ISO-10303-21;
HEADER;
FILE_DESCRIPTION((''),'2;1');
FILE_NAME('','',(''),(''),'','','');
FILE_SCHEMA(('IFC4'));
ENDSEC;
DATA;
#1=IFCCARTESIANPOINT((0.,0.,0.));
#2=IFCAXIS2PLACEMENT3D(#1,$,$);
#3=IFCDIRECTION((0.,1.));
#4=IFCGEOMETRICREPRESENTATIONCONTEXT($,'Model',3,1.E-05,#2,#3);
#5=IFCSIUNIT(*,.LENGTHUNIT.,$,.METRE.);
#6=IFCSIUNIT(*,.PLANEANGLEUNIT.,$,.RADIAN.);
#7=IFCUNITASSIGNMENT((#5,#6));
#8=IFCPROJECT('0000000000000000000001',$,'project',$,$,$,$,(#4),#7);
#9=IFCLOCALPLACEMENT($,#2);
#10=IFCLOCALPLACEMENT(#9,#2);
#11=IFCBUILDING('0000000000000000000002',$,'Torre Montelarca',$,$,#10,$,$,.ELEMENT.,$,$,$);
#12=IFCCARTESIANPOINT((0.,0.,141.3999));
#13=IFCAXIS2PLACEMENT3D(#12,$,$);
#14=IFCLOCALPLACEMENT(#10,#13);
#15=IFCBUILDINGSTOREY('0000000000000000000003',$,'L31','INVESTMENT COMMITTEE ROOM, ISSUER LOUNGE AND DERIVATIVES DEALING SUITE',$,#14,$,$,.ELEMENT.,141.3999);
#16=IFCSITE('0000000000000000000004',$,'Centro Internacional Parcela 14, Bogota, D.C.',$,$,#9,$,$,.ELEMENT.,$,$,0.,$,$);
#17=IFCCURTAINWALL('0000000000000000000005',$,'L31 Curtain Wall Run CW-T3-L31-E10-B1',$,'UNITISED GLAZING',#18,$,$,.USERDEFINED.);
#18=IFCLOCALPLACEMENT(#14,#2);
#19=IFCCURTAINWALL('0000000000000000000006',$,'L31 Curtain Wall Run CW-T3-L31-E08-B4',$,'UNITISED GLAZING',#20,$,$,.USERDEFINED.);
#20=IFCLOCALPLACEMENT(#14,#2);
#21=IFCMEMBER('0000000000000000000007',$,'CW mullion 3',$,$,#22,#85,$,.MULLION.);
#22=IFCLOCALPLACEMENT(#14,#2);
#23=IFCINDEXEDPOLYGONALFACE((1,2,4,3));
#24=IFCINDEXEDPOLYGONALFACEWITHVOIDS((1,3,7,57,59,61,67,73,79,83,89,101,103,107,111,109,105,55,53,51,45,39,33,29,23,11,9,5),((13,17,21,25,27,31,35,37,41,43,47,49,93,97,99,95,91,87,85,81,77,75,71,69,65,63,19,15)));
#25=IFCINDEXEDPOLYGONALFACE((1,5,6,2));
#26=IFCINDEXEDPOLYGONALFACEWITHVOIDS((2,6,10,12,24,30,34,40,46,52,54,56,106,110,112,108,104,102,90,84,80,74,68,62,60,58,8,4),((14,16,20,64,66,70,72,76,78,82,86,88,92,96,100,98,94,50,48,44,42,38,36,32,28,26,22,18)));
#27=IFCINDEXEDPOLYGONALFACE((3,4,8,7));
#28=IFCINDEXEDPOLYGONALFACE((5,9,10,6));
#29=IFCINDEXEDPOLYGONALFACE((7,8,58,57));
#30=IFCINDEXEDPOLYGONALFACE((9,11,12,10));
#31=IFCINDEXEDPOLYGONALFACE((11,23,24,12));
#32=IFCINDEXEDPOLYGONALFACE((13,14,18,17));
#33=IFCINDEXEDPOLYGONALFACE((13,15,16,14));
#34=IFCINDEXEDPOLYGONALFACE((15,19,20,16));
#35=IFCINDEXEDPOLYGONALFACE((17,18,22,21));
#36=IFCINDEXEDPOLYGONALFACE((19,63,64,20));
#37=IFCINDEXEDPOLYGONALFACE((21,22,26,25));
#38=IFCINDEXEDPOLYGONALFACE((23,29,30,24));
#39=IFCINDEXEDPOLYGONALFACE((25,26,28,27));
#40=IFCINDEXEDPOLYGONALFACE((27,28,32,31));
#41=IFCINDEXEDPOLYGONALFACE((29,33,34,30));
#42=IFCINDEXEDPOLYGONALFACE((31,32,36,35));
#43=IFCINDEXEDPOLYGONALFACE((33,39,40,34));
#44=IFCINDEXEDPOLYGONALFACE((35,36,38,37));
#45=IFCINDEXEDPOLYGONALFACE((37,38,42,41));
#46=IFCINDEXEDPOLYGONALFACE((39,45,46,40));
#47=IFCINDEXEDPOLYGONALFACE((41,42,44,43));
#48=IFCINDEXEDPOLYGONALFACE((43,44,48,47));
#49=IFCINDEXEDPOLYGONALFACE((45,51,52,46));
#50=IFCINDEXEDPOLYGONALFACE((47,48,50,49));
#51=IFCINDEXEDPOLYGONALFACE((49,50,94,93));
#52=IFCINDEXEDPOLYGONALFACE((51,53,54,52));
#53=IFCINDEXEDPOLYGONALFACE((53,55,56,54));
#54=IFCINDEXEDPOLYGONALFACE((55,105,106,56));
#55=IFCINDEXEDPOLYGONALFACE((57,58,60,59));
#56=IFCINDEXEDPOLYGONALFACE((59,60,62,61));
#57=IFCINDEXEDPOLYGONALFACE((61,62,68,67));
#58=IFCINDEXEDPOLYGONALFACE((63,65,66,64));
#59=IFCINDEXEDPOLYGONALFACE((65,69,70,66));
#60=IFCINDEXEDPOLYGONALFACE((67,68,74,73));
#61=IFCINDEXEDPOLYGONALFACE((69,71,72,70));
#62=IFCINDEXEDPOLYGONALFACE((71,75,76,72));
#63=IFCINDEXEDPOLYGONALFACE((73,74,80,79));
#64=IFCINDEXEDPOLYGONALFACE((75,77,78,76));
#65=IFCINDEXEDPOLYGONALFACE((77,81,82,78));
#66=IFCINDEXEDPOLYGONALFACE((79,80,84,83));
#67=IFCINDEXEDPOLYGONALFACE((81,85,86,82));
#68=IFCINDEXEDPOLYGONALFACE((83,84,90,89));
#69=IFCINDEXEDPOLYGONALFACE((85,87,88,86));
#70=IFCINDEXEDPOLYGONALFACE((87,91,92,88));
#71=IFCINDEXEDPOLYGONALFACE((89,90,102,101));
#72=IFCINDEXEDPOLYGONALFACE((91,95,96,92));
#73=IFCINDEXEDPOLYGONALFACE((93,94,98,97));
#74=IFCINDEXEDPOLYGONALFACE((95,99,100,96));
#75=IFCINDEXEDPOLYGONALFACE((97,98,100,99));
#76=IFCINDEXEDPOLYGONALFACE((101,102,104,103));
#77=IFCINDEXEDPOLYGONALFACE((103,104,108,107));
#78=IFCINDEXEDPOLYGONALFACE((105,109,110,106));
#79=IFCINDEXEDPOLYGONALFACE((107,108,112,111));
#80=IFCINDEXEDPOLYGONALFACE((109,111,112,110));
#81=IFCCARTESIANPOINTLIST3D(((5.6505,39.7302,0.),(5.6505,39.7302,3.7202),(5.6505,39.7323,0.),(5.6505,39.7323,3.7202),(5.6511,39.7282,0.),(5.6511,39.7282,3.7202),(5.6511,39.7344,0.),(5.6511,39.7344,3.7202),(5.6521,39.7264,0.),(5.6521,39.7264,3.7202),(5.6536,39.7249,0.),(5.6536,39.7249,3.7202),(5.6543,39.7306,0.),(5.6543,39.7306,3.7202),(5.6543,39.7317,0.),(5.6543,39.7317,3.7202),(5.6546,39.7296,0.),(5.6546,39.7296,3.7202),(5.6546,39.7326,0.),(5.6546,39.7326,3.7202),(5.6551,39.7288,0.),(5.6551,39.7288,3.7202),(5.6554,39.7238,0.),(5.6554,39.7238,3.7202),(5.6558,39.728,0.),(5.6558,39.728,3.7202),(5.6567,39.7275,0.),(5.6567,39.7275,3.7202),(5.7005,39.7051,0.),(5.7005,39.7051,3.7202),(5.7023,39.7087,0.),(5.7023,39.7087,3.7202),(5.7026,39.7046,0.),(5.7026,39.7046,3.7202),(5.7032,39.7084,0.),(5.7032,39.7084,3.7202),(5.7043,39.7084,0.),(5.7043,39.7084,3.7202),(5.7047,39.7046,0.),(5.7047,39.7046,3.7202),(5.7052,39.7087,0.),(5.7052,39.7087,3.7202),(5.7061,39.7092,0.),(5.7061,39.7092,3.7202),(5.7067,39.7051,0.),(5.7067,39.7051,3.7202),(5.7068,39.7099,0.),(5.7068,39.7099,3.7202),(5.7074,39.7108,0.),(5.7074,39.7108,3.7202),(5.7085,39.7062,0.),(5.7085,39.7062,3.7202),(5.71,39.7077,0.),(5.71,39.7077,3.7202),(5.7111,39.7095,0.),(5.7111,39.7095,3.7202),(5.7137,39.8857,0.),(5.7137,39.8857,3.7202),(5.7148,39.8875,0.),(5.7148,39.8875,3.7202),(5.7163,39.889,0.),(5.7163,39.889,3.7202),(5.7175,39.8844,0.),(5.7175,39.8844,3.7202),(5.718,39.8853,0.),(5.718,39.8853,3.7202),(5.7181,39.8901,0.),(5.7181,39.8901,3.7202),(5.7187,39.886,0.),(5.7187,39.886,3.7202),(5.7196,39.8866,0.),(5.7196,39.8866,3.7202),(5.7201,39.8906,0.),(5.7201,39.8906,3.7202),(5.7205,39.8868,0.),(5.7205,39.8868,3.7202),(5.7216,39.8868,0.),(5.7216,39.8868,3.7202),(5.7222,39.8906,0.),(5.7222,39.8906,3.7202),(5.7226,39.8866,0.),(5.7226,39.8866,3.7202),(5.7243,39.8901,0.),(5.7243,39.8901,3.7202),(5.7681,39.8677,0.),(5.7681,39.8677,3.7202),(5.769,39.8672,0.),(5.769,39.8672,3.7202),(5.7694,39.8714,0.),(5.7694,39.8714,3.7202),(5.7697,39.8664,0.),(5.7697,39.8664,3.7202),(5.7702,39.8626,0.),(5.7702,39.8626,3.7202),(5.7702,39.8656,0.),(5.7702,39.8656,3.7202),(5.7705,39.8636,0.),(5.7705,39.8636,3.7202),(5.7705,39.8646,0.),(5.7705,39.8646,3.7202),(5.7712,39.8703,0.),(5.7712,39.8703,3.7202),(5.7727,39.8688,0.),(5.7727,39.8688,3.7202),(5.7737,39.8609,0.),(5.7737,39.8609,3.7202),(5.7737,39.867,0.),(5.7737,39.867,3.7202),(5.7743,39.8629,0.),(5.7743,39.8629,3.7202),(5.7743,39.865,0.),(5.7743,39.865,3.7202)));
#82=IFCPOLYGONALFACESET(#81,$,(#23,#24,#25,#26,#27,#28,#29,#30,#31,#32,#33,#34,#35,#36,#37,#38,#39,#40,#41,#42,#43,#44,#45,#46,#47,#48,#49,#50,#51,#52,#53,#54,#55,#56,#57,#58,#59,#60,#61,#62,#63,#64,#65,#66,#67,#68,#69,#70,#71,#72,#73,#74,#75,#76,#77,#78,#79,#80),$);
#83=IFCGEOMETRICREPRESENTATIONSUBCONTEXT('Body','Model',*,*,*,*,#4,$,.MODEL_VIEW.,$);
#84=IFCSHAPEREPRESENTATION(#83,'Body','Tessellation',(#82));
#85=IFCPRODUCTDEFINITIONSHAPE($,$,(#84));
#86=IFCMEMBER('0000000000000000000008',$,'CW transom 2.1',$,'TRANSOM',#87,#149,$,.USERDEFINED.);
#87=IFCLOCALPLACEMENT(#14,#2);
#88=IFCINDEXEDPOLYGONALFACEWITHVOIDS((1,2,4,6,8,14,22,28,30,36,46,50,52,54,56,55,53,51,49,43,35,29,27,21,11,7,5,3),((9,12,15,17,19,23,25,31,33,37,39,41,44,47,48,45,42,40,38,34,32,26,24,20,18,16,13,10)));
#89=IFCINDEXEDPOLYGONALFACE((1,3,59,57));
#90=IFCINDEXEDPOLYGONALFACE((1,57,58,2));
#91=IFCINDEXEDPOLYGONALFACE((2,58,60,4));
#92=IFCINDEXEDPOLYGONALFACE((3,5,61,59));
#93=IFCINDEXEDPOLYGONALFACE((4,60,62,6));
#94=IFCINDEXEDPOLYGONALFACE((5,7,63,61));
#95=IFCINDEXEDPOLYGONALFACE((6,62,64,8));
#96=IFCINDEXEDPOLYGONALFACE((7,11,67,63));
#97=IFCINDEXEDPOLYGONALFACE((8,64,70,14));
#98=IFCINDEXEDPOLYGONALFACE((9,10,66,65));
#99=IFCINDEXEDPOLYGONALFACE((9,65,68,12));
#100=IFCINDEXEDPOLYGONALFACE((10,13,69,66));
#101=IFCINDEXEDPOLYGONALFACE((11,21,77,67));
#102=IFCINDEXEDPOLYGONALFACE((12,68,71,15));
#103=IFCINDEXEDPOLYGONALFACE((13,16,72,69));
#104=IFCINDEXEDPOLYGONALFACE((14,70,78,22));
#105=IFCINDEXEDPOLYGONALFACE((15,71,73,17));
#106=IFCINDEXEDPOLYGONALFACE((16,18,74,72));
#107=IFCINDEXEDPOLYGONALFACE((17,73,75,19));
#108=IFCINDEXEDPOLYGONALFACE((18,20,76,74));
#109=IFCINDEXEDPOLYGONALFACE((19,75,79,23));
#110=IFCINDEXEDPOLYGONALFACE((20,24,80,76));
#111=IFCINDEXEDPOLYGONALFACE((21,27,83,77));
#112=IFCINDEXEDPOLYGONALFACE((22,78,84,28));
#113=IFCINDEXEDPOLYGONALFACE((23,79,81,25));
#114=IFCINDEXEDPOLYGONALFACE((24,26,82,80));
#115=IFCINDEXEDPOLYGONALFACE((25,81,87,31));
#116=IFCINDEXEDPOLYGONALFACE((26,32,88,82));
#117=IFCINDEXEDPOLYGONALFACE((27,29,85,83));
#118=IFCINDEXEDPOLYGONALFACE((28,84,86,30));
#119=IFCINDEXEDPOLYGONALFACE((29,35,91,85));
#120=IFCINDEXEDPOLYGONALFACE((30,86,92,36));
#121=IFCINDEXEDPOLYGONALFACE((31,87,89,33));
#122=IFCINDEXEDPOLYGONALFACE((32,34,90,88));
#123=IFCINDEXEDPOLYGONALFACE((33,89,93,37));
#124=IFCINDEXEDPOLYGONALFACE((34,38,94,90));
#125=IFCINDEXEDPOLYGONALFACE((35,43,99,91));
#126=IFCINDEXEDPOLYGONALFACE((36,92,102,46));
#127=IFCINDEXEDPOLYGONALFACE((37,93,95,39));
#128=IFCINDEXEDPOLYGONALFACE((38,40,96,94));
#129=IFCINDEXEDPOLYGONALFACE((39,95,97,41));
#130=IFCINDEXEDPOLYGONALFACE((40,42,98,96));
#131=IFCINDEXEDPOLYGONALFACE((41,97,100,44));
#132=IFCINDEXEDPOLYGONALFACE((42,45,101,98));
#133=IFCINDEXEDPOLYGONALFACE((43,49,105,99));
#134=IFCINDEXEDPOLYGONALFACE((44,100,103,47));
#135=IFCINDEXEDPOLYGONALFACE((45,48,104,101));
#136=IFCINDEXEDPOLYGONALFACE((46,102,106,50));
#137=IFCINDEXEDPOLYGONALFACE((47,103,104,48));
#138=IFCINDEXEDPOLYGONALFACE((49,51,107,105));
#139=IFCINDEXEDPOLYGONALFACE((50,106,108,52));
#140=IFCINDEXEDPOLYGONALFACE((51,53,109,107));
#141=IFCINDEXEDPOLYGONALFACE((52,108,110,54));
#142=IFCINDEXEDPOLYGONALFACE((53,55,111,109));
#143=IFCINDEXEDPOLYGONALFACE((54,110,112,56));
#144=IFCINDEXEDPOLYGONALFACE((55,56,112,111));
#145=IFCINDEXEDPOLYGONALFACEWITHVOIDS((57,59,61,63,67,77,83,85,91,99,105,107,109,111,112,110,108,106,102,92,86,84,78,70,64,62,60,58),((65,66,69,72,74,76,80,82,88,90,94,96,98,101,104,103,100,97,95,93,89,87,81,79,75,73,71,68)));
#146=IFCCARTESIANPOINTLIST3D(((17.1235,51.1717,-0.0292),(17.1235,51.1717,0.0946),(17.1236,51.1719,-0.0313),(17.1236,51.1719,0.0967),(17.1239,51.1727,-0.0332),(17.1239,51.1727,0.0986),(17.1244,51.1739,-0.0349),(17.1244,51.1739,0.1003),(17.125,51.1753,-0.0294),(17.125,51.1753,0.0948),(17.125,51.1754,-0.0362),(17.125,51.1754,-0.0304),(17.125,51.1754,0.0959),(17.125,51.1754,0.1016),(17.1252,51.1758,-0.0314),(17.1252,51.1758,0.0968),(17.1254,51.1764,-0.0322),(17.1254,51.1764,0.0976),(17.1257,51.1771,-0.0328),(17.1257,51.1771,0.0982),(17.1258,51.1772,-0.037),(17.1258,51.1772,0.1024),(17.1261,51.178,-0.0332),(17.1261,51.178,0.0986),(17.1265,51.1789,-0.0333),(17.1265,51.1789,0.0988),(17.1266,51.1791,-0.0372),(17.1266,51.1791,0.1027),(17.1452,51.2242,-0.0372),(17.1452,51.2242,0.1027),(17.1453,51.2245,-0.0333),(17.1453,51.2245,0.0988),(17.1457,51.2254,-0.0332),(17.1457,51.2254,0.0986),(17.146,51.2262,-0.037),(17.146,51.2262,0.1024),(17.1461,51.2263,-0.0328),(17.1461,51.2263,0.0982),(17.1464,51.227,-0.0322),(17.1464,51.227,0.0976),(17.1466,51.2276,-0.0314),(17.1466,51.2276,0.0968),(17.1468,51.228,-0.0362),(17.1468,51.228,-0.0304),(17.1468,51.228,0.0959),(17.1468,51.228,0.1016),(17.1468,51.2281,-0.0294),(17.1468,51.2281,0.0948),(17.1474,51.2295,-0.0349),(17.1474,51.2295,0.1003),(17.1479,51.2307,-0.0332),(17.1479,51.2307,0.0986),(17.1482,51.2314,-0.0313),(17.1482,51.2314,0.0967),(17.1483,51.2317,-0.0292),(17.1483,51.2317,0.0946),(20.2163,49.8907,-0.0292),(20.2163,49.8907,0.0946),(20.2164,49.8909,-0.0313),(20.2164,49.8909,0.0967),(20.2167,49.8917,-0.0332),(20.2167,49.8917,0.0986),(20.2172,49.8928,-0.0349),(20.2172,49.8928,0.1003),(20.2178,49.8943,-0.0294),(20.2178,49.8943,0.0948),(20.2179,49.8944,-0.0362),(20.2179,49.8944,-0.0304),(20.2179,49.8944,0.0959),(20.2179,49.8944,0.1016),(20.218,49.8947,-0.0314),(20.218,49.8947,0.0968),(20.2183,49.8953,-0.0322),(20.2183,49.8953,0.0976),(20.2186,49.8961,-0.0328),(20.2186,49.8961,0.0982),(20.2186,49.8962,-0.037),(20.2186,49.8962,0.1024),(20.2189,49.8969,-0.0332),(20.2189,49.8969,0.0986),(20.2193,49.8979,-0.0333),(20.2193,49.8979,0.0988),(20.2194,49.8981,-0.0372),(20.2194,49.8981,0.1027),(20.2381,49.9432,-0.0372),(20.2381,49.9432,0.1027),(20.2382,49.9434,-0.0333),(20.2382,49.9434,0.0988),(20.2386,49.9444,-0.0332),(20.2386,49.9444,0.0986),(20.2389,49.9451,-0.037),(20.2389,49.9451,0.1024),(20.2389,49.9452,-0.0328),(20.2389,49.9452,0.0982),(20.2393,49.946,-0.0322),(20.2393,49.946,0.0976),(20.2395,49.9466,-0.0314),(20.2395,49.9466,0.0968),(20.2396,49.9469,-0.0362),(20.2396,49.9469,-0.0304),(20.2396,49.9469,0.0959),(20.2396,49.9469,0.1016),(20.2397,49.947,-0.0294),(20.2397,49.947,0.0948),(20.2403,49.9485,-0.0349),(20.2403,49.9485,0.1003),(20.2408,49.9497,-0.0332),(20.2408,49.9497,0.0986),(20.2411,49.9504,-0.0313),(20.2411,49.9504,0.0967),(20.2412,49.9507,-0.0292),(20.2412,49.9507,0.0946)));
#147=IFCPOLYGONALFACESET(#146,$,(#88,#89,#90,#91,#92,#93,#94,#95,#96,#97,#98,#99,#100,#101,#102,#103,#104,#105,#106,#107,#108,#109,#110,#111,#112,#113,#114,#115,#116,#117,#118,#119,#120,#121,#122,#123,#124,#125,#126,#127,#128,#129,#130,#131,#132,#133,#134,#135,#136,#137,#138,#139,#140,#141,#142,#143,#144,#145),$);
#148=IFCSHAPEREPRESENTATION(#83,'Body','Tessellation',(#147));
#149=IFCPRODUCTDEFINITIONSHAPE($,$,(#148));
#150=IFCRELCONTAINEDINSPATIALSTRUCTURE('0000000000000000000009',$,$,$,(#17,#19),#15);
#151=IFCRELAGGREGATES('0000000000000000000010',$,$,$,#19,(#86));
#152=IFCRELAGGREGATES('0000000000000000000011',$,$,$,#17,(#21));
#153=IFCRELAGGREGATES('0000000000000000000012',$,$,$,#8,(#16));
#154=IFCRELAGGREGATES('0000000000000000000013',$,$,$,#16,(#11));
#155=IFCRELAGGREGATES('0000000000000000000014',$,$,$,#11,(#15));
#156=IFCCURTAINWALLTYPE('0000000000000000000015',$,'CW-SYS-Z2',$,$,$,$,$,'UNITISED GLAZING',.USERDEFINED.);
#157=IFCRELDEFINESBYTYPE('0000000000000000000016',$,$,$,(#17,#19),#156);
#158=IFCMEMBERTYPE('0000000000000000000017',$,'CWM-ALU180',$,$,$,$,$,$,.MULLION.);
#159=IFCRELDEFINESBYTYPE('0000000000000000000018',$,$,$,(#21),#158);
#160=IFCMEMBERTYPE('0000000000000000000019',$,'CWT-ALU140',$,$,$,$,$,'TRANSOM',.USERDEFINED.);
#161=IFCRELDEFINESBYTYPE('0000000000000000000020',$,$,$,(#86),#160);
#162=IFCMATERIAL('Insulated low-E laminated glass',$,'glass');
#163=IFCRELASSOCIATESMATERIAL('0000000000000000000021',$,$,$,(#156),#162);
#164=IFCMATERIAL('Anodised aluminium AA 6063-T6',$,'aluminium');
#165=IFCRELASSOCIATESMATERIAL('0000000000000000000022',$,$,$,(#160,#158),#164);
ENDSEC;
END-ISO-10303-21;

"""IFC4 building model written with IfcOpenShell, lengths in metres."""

from ifc_helpers import new_model, si_unit, direction, frame, origin, origin_2d, place, context, subcontext, project, spatial, hollow_rectangle, extrude, source, transform, mapped, material, material_profile, profile_set, type_object, element, aggregate, save


model = new_model("IFC4")

# Units and contexts
model_context = context("Model", 3, precision=1e-05, world=origin(), true_north=direction((0.0, 1.0)))
body_context = subcontext(model_context, "Body", "Model", "MODEL_VIEW")
ifc_project = project(units=[si_unit("LENGTHUNIT", "METRE"), si_unit("PLANEANGLEUNIT", "RADIAN")], contexts=[model_context])

# Site, building, storey
site_placement = place(None, origin())
site = spatial("IfcSite", under=ifc_project, at=site_placement, Name="Centro Internacional Parcela 14, Bogota, D.C.", CompositionType="ELEMENT", RefElevation=0.0)
building_placement = place(site_placement, origin())
building = spatial("IfcBuilding", under=site, at=building_placement, Name="Torre Montelarca", CompositionType="ELEMENT")
storey_placement = place(building_placement, frame((0.0, 0.0, 141.3999)))
storey = spatial("IfcBuildingStorey", under=building, at=storey_placement, Name="L31", Description="INVESTMENT COMMITTEE ROOM, ISSUER LOUNGE AND DERIVATIVES DEALING SUITE", CompositionType="ELEMENT", Elevation=141.3999)

# Curtain walls
ifc_material_1 = material(Name="Insulated low-E laminated glass", Category="glass")
curtain_wall_type = type_object("IfcCurtainWallType", Name="CW-SYS-Z2", ElementType="UNITISED GLAZING", PredefinedType="USERDEFINED", material=ifc_material_1)
ifc_material_2 = material(Name="Anodised aluminium AA 6063-T6", Category="aluminium")
ifc_material_profile_1 = material_profile(ifc_material_2, hollow_rectangle(XDim=0.0649, YDim=0.1399, WallThickness=0.0039, InnerFilletRadius=0.0039, OuterFilletRadius=0.0081, at=origin_2d()), Name="ALU65X140X4", Category="aluminium")
ifc_profile_set_1 = profile_set([ifc_material_profile_1], Name="Anodised aluminium AA 6063-T6")
member_type_1 = type_object("IfcMemberType", Name="CWT-ALU140", ElementType="TRANSOM", PredefinedType="USERDEFINED", material=ifc_profile_set_1)
curtain_wall_1_placement = place(storey_placement, origin())
curtain_wall_1 = element("IfcCurtainWall", 1, at=curtain_wall_1_placement, inside=storey, type_object=curtain_wall_type, Name="L31 Curtain Wall Run CW-T3-L31-E10-B1", ObjectType="UNITISED GLAZING", PredefinedType="USERDEFINED")
curtain_wall_2_placement = place(storey_placement, origin())
curtain_wall_2 = element("IfcCurtainWall", 2, at=curtain_wall_2_placement, inside=storey, type_object=curtain_wall_type, Name="L31 Curtain Wall Run CW-T3-L31-E08-B4", ObjectType="UNITISED GLAZING", PredefinedType="USERDEFINED")
ifc_material_profile_2 = material_profile(ifc_material_2, hollow_rectangle(XDim=0.0649, YDim=0.1799, WallThickness=0.0039, InnerFilletRadius=0.0039, OuterFilletRadius=0.0081, at=origin_2d()), Name="ALU65X180X4", Category="aluminium")
ifc_profile_set_2 = profile_set([ifc_material_profile_2], Name="Anodised aluminium AA 6063-T6")
member_type_2 = type_object("IfcMemberType", Name="CWM-ALU180", PredefinedType="MULLION", material=ifc_profile_set_2)
shared_shape_1 = source(origin(), body_context, "Body", "SweptSolid", [
    extrude(hollow_rectangle(XDim=0.0649, YDim=0.1799, WallThickness=0.0039, InnerFilletRadius=0.0039, OuterFilletRadius=0.0081, at=origin_2d()), origin(), (0.0, 0.0, 1.0), 3.7202),
])

# Members
member_1_placement = place(storey_placement, frame((5.7124, 39.7976, 0.0), z_axis=(0.0, 0.0, 1.0), x_axis=(0.923881, -0.382681, 0.0)))
member_1 = element("IfcMember", 3, at=member_1_placement, type_object=member_type_2, Name="CW mullion 3", PredefinedType="MULLION", context=body_context, shape_type="MappedRepresentation", body=[
    mapped(shared_shape_1, transform((0.0, 0.0, 0.0), scale=1.0)),
])
shared_shape_2 = source(origin(), body_context, "Body", "SweptSolid", [
    extrude(hollow_rectangle(XDim=0.0649, YDim=0.1399, WallThickness=0.0039, InnerFilletRadius=0.0039, OuterFilletRadius=0.0081, at=origin_2d()), origin(), (0.0, 0.0, 1.0), 3.3477),
])
member_2_placement = place(storey_placement, frame((20.2288, 49.9207, 0.0327), z_axis=(-0.923886, 0.382667, 0.0), x_axis=(-0.382667, -0.923886, 0.0)))
member_2 = element("IfcMember", 4, at=member_2_placement, type_object=member_type_1, Name="CW transom 2.1", ObjectType="TRANSOM", PredefinedType="USERDEFINED", context=body_context, shape_type="MappedRepresentation", body=[
    mapped(shared_shape_2, transform((0.0, 0.0, 0.0), scale=1.0)),
])

aggregate(curtain_wall_2, [member_2])
aggregate(curtain_wall_1, [member_1])

save(model, "model.ifc")
